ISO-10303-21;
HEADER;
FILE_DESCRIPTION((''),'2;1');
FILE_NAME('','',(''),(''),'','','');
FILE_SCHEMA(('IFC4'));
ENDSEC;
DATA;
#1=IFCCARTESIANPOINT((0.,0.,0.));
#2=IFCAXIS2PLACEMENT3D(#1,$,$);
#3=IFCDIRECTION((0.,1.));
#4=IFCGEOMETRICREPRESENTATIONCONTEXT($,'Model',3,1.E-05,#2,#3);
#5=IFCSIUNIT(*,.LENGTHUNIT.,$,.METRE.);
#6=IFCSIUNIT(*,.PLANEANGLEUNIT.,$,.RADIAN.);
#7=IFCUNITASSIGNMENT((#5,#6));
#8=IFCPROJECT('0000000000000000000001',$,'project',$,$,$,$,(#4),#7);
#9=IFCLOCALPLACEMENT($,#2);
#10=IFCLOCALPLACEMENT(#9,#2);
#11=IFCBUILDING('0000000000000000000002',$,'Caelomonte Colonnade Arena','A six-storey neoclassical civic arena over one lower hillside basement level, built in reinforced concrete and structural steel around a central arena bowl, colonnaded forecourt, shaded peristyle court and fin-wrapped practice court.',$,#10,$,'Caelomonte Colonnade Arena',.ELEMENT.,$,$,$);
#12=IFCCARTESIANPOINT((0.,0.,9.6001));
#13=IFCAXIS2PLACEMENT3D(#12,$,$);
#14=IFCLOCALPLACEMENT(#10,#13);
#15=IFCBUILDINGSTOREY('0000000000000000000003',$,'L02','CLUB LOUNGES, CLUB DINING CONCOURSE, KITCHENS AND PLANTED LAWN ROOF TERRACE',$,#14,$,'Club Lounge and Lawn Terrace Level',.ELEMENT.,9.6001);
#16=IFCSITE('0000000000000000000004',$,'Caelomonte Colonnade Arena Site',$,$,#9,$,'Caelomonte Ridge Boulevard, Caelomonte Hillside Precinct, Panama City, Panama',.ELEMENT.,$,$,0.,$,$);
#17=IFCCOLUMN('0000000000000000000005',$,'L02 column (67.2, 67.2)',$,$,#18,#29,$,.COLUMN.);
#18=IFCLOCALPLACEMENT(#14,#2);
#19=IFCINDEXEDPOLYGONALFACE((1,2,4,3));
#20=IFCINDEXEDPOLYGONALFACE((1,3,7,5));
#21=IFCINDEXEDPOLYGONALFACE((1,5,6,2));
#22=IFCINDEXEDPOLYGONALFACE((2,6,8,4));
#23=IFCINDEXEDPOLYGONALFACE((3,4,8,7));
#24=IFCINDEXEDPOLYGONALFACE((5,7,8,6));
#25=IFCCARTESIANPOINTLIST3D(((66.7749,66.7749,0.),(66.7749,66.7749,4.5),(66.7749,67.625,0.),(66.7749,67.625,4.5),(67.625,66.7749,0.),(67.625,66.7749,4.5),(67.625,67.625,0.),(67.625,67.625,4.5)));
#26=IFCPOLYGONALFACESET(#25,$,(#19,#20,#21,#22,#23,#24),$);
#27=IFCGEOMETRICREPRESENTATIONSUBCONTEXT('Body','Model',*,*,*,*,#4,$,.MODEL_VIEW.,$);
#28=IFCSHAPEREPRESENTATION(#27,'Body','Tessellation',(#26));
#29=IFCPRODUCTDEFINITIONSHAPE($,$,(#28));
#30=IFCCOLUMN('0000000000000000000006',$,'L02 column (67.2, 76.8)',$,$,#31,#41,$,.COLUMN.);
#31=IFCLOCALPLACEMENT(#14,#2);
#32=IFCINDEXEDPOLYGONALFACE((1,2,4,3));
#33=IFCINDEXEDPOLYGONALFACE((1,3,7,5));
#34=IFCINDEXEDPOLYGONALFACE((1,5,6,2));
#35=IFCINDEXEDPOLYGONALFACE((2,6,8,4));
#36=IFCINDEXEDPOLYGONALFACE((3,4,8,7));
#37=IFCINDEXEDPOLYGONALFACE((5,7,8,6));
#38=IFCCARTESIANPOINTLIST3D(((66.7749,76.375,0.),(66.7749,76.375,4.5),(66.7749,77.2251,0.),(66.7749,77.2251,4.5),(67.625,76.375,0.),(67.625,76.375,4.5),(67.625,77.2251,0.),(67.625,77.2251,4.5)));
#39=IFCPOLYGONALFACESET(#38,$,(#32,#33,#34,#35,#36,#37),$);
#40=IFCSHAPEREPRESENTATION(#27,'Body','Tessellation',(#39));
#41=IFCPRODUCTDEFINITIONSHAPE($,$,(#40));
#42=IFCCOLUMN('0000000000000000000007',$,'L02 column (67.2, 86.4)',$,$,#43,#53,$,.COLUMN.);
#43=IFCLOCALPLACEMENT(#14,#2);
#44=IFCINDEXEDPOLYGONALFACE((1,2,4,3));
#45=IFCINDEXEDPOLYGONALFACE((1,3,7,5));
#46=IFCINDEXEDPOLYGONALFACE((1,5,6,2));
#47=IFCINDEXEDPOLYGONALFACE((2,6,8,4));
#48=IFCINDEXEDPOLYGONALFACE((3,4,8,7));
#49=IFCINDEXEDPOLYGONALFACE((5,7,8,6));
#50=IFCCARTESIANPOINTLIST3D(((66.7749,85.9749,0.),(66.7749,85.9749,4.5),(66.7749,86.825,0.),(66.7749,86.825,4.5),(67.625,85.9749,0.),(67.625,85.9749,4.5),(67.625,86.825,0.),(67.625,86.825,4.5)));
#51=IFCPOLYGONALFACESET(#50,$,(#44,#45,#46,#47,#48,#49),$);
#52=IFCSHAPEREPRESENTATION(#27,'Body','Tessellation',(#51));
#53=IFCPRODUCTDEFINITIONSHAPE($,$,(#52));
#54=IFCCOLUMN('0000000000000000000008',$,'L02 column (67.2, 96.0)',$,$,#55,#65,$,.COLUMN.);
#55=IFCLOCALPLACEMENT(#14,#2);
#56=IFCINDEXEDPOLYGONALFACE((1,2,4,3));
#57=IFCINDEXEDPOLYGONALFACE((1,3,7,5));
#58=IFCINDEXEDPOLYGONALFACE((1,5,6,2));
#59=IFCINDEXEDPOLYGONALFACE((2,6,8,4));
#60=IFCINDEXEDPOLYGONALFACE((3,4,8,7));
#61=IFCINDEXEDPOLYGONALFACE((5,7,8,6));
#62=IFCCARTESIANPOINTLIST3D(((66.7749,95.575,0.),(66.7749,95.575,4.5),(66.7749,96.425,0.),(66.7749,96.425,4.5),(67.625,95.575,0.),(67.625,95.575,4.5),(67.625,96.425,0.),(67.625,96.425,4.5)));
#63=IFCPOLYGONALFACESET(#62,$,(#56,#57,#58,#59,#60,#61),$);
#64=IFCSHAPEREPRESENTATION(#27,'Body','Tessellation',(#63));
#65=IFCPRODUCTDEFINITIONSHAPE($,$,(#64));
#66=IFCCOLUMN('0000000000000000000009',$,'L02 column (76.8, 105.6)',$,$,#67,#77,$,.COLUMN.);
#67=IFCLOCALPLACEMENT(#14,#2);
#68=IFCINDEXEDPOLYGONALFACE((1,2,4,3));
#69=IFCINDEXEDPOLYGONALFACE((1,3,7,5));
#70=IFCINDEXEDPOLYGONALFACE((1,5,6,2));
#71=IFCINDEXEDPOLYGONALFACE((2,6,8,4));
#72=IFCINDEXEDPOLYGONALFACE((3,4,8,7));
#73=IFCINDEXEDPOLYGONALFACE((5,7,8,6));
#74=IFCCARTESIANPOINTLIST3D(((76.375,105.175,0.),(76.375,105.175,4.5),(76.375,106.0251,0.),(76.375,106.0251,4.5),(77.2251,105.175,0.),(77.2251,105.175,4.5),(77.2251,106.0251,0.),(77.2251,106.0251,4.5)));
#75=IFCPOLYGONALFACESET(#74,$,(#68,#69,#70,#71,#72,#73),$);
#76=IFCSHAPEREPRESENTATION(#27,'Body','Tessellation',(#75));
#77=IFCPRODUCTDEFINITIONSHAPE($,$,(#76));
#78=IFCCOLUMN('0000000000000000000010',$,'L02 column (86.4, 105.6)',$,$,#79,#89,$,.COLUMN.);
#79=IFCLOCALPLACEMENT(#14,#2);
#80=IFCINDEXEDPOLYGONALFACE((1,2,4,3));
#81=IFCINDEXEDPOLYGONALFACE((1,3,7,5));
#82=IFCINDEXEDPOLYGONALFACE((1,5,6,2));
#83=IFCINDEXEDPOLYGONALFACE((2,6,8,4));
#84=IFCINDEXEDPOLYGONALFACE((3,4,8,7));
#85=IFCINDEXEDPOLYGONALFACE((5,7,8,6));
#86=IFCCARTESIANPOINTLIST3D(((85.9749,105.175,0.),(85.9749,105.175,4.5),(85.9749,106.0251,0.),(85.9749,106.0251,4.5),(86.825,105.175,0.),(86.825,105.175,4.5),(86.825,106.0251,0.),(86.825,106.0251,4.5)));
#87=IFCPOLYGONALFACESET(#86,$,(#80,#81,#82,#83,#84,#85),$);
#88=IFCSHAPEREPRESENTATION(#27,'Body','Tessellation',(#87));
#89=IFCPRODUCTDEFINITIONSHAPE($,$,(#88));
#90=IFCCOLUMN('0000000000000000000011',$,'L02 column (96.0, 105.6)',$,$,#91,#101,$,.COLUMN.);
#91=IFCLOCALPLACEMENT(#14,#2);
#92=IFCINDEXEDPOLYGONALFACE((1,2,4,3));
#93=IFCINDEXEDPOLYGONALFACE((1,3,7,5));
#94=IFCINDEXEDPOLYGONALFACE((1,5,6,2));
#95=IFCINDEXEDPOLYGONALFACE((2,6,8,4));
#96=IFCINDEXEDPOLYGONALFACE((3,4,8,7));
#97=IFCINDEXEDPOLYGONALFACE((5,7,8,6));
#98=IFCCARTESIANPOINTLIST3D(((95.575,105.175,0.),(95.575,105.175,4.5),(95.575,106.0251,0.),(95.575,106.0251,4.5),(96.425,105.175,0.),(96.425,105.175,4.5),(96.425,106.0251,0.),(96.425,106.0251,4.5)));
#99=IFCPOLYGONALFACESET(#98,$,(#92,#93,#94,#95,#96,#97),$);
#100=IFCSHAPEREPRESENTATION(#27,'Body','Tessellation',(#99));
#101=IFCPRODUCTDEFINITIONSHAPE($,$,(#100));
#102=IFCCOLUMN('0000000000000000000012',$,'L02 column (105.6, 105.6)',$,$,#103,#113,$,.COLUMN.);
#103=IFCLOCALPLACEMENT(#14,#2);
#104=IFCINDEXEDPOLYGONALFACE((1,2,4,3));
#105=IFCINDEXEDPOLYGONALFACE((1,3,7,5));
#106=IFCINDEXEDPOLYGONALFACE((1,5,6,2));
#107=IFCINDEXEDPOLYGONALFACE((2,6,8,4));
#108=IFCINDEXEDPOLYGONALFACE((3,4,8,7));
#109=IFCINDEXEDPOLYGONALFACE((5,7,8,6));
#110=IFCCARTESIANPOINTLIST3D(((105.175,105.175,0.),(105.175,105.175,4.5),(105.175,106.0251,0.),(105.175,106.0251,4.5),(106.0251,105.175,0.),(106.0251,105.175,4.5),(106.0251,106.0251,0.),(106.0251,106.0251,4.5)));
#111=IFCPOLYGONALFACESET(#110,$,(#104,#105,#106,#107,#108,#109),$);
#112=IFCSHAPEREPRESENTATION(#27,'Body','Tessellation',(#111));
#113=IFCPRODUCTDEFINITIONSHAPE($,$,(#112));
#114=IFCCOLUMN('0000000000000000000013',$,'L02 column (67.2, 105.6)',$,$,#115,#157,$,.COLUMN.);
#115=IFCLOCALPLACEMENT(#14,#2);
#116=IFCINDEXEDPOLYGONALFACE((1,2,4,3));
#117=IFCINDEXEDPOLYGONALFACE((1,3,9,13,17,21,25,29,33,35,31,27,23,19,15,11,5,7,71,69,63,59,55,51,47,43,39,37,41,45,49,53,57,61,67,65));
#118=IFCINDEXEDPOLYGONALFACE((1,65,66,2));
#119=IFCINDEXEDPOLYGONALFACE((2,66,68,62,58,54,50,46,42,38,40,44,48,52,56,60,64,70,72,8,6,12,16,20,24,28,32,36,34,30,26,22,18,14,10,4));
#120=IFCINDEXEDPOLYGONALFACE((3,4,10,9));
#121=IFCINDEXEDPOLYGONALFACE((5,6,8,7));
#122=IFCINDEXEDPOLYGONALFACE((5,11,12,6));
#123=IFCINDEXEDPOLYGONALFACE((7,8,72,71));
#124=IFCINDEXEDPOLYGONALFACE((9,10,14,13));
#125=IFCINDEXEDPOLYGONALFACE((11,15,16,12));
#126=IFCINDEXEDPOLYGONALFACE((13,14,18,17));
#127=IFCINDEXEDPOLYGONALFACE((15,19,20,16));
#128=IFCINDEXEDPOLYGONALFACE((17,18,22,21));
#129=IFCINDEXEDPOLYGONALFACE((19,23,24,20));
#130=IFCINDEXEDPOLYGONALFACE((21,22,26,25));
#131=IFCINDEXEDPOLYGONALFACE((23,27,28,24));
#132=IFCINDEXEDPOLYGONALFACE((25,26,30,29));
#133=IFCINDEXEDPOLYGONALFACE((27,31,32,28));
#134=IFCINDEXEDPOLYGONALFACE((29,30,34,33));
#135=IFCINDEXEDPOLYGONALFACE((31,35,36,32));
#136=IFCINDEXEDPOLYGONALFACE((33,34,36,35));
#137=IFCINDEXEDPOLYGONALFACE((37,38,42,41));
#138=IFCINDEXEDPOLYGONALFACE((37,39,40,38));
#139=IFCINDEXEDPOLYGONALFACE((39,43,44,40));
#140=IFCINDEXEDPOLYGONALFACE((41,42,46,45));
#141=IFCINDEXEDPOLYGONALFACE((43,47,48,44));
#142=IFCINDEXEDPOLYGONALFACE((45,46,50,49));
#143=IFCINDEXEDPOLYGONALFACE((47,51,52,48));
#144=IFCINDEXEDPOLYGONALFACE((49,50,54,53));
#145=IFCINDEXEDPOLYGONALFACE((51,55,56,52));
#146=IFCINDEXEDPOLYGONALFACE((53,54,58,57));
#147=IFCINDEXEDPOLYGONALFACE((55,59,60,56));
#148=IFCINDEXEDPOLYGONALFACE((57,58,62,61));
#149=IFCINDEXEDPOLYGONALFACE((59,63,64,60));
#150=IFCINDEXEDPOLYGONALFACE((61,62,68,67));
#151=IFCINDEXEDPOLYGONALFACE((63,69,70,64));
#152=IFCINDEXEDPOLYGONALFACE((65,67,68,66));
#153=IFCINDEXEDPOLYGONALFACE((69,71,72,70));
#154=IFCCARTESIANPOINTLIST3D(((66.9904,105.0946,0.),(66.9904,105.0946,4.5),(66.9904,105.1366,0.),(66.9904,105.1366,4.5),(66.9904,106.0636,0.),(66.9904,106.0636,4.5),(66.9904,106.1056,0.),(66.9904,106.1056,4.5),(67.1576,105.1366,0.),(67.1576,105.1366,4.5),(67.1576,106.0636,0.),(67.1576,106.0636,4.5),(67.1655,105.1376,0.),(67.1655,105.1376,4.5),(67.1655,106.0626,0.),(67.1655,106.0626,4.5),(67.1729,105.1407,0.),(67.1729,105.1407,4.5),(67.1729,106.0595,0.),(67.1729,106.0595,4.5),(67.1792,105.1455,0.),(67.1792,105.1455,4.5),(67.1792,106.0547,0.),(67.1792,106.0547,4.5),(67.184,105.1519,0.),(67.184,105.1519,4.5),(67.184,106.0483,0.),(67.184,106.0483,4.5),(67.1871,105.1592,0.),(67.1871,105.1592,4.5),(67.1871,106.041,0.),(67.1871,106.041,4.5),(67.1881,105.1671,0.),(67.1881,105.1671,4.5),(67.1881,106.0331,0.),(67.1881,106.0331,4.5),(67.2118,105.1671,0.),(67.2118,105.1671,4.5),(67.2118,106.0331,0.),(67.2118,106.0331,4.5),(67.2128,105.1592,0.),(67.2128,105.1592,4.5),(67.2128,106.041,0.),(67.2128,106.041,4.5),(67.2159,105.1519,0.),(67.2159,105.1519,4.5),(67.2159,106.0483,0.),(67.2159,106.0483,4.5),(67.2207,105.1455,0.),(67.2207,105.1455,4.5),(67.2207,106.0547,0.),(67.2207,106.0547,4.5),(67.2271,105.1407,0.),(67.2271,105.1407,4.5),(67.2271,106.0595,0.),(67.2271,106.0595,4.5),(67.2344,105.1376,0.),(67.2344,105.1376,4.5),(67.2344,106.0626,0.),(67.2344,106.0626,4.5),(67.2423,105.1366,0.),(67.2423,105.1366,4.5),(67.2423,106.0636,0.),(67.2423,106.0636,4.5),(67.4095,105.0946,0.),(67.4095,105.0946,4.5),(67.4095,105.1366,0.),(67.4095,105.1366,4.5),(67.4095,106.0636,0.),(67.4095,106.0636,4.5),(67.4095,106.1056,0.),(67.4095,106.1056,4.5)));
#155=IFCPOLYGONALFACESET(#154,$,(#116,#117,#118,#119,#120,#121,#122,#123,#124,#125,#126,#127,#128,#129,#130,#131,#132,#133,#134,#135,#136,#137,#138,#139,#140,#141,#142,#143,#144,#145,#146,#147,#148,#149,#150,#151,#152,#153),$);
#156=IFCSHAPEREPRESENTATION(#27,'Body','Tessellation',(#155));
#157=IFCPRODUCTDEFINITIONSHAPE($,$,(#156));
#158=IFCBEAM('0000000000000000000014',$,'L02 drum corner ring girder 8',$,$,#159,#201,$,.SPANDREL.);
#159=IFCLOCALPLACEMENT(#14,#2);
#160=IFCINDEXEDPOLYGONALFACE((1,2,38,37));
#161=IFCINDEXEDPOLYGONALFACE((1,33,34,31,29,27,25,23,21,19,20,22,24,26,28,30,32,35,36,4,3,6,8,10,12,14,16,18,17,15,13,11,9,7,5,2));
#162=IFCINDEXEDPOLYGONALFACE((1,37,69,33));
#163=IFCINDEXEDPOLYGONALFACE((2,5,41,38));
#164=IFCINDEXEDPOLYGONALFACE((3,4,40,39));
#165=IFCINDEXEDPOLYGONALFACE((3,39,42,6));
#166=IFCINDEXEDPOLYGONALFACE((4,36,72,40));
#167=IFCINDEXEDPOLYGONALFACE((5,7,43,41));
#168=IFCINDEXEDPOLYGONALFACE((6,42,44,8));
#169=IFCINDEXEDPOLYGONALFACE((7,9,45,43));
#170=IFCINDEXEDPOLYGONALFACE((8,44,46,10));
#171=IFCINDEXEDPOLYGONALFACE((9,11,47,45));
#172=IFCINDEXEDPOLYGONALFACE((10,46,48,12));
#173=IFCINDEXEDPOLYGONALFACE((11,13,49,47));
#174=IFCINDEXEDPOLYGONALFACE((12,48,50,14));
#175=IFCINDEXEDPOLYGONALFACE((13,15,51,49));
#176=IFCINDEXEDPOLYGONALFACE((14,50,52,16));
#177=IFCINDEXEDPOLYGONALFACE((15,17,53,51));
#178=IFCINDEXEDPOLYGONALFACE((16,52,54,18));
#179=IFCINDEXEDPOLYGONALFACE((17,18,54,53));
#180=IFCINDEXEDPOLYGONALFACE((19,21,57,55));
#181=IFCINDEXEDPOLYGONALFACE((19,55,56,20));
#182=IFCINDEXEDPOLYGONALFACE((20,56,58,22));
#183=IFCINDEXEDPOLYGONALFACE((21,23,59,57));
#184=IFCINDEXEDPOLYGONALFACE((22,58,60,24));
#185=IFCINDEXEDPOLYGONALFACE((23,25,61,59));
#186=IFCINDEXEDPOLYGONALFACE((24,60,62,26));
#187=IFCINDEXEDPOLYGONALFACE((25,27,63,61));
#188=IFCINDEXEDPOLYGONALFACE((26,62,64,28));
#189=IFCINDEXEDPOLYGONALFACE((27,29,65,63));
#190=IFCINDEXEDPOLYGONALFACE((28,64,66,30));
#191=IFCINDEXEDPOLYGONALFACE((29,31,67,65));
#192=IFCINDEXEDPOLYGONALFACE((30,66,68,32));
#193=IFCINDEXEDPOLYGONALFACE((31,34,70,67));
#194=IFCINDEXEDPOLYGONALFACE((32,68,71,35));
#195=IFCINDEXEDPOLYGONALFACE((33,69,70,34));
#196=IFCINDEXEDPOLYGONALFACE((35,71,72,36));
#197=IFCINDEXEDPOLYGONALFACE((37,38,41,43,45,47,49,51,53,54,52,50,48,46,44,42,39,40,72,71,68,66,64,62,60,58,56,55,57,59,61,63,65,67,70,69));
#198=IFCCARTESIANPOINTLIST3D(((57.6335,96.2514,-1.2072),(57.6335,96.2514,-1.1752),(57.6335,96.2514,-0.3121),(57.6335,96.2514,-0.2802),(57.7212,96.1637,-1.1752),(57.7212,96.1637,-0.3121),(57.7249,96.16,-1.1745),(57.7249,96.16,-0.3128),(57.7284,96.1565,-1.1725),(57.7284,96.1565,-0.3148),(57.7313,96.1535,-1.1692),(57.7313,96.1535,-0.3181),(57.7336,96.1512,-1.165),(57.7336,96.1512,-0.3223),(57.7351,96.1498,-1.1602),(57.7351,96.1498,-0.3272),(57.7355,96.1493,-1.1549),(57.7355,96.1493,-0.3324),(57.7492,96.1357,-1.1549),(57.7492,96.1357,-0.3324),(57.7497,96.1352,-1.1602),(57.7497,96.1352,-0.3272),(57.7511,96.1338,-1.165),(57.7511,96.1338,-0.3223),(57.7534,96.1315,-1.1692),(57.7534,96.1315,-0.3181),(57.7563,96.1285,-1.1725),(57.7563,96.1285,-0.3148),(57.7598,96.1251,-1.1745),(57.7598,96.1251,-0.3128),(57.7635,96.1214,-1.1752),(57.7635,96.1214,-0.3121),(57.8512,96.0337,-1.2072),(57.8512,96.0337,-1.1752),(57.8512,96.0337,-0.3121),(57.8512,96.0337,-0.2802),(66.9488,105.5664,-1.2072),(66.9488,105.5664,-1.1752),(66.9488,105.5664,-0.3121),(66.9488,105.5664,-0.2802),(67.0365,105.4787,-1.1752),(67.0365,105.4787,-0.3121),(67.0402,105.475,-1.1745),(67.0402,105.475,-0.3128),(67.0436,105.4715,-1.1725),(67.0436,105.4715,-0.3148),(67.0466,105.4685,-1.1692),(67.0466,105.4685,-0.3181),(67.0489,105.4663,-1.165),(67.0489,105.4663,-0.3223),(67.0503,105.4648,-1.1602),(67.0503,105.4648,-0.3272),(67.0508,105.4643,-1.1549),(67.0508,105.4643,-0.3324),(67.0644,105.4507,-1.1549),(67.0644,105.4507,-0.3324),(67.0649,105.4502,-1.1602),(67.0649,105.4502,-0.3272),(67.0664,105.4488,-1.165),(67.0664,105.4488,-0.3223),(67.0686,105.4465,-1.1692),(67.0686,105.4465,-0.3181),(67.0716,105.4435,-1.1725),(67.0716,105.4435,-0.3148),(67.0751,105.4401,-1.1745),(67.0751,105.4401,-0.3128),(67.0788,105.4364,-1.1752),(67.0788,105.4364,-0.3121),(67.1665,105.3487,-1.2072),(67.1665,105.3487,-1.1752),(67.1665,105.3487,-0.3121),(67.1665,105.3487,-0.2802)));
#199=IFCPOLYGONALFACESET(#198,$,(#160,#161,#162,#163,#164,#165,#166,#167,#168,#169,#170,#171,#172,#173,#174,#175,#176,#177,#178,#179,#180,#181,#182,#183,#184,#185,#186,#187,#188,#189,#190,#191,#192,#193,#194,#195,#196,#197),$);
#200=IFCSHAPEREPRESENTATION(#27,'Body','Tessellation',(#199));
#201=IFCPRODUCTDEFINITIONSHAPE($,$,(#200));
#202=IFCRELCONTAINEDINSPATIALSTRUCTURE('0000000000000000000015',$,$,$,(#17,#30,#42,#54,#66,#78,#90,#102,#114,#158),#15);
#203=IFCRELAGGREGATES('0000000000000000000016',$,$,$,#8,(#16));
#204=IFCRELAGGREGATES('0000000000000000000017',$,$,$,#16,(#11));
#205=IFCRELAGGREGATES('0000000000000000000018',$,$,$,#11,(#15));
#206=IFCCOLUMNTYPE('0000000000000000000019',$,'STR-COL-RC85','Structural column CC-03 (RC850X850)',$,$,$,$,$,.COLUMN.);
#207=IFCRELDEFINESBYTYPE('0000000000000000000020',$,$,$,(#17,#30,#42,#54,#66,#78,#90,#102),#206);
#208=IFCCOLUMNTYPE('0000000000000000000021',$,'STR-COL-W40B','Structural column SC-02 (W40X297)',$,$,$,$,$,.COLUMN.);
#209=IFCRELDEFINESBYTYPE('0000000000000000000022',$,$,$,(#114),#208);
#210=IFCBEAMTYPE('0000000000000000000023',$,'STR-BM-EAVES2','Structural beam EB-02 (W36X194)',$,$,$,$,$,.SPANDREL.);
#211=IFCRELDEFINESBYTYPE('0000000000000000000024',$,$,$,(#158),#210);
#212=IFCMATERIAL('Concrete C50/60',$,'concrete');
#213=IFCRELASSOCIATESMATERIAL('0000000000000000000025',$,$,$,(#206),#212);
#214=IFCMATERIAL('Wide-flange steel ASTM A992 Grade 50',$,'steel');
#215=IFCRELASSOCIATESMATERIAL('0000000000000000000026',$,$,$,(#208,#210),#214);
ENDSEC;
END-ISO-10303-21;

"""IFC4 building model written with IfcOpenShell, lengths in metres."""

from ifc_helpers import new_model, si_unit, direction, frame, origin, origin_2d, place, context, subcontext, project, spatial, rectangle, i_section, extrude, material, material_profile, profile_set, type_object, element, save


model = new_model("IFC4")

# Units and contexts
model_context = context("Model", 3, precision=1e-05, world=origin(), true_north=direction((0.0, 1.0)))
body_context = subcontext(model_context, "Body", "Model", "MODEL_VIEW")
ifc_project = project(units=[si_unit("LENGTHUNIT", "METRE"), si_unit("PLANEANGLEUNIT", "RADIAN")], contexts=[model_context])

# Site, building, storey
site_placement = place(None, origin())
site = spatial("IfcSite", under=ifc_project, at=site_placement, Name="Caelomonte Colonnade Arena Site", LongName="Caelomonte Ridge Boulevard, Caelomonte Hillside Precinct, Panama City, Panama", CompositionType="ELEMENT", RefElevation=0.0)
building_placement = place(site_placement, origin())
building = spatial("IfcBuilding", under=site, at=building_placement, Name="Caelomonte Colonnade Arena", Description="A six-storey neoclassical civic arena over one lower hillside basement level, built in reinforced concrete and structural steel around a central arena bowl, colonnaded forecourt, shaded peristyle court and fin-wrapped practice court.", LongName="Caelomonte Colonnade Arena", CompositionType="ELEMENT")
storey_placement = place(building_placement, frame((0.0, 0.0, 9.6001)))
storey = spatial("IfcBuildingStorey", under=building, at=storey_placement, Name="L02", Description="CLUB LOUNGES, CLUB DINING CONCOURSE, KITCHENS AND PLANTED LAWN ROOF TERRACE", LongName="Club Lounge and Lawn Terrace Level", CompositionType="ELEMENT", Elevation=9.6001)

# Columns
ifc_material_1 = material(Name="Concrete C50/60", Category="concrete")
ifc_material_profile_1 = material_profile(ifc_material_1, rectangle(XDim=0.8501, YDim=0.8501, at=origin_2d()), Name="RC850X850")
ifc_profile_set_1 = profile_set([ifc_material_profile_1], Name="Concrete C50/60")
column_type_1 = type_object("IfcColumnType", Name="STR-COL-RC85", Description="Structural column CC-03 (RC850X850)", PredefinedType="COLUMN", material=ifc_profile_set_1)
for number, where, z_axis, x_axis, name in (
    (1, (67.2, 67.2, 0.0), (0.0, 0.0, 1.0), (1.0, 0.0, 0.0), "L02 column (67.2, 67.2)"),
    (2, (67.2, 76.8, 0.0), (0.0, 0.0, 1.0), (1.0, 0.0, 0.0), "L02 column (67.2, 76.8)"),
    (3, (67.2, 86.3999, 0.0), (0.0, 0.0, 1.0), (1.0, 0.0, 0.0), "L02 column (67.2, 86.4)"),
    (4, (67.2, 96.0, 0.0), (0.0, 0.0, 1.0), (1.0, 0.0, 0.0), "L02 column (67.2, 96.0)"),
    (5, (76.8, 105.6001, 0.0), (0.0, 0.0, 1.0), (1.0, 0.0, 0.0), "L02 column (76.8, 105.6)"),
    (6, (86.3999, 105.6001, 0.0), (0.0, 0.0, 1.0), (1.0, 0.0, 0.0), "L02 column (86.4, 105.6)"),
    (7, (96.0, 105.6001, 0.0), (0.0, 0.0, 1.0), (1.0, 0.0, 0.0), "L02 column (96.0, 105.6)"),
    (8, (105.6001, 105.6001, 0.0), (0.0, 0.0, 1.0), (1.0, 0.0, 0.0), "L02 column (105.6, 105.6)"),
):
    element("IfcColumn", number, at=place(storey_placement, frame(where, z_axis=z_axis, x_axis=x_axis)), inside=storey, type_object=column_type_1, Name=name, PredefinedType="COLUMN", context=body_context, shape_type="SweptSolid", body=[
        extrude(rectangle(XDim=0.8501, YDim=0.8501, at=origin_2d()), origin(), (0.0, 0.0, 1.0), 4.5),
    ])
ifc_material_2 = material(Name="Wide-flange steel ASTM A992 Grade 50", Category="steel")
ifc_material_profile_2 = material_profile(ifc_material_2, i_section(OverallWidth=0.4192, OverallDepth=1.011, WebThickness=0.0237, FlangeThickness=0.042, FilletRadius=0.0305, at=origin_2d()), Name="W40X297")
ifc_profile_set_2 = profile_set([ifc_material_profile_2], Name="Wide-flange steel ASTM A992 Grade 50")
column_type_2 = type_object("IfcColumnType", Name="STR-COL-W40B", Description="Structural column SC-02 (W40X297)", PredefinedType="COLUMN", material=ifc_profile_set_2)
column_placement = place(storey_placement, frame((67.2, 105.6001, 0.0), z_axis=(0.0, 0.0, 1.0), x_axis=(1.0, 0.0, 0.0)))
element("IfcColumn", 9, at=column_placement, inside=storey, type_object=column_type_2, Name="L02 column (67.2, 105.6)", PredefinedType="COLUMN", context=body_context, shape_type="SweptSolid", body=[
    extrude(i_section(OverallWidth=0.4192, OverallDepth=1.011, WebThickness=0.0237, FlangeThickness=0.042, FilletRadius=0.0305, at=origin_2d()), origin(), (0.0, 0.0, 1.0), 4.5),
])

# Beam
ifc_material_profile_3 = material_profile(ifc_material_2, i_section(OverallWidth=0.3079, OverallDepth=0.927, WebThickness=0.0193, FlangeThickness=0.032, FilletRadius=0.0203, at=origin_2d()), Name="W36X194")
ifc_profile_set_3 = profile_set([ifc_material_profile_3], Name="Wide-flange steel ASTM A992 Grade 50")
beam_type_1 = type_object("IfcBeamType", Name="STR-BM-EAVES2", Description="Structural beam EB-02 (W36X194)", PredefinedType="SPANDREL", material=ifc_profile_set_3)
beam_1_placement = place(storey_placement, frame((67.0576, 105.4575, -0.7437), z_axis=(-0.707116, -0.707098, 0.0), x_axis=(0.707098, -0.707116, 0.0)))
element("IfcBeam", 10, at=beam_1_placement, inside=storey, type_object=beam_type_1, Name="L02 drum corner ring girder 8", PredefinedType="SPANDREL", context=body_context, shape_type="SweptSolid", body=[
    extrude(i_section(OverallWidth=0.3079, OverallDepth=0.927, WebThickness=0.0193, FlangeThickness=0.032, FilletRadius=0.0203, at=origin_2d()), origin(), (0.0, 0.0, 1.0), 13.1736),
])

save(model, "model.ifc")
